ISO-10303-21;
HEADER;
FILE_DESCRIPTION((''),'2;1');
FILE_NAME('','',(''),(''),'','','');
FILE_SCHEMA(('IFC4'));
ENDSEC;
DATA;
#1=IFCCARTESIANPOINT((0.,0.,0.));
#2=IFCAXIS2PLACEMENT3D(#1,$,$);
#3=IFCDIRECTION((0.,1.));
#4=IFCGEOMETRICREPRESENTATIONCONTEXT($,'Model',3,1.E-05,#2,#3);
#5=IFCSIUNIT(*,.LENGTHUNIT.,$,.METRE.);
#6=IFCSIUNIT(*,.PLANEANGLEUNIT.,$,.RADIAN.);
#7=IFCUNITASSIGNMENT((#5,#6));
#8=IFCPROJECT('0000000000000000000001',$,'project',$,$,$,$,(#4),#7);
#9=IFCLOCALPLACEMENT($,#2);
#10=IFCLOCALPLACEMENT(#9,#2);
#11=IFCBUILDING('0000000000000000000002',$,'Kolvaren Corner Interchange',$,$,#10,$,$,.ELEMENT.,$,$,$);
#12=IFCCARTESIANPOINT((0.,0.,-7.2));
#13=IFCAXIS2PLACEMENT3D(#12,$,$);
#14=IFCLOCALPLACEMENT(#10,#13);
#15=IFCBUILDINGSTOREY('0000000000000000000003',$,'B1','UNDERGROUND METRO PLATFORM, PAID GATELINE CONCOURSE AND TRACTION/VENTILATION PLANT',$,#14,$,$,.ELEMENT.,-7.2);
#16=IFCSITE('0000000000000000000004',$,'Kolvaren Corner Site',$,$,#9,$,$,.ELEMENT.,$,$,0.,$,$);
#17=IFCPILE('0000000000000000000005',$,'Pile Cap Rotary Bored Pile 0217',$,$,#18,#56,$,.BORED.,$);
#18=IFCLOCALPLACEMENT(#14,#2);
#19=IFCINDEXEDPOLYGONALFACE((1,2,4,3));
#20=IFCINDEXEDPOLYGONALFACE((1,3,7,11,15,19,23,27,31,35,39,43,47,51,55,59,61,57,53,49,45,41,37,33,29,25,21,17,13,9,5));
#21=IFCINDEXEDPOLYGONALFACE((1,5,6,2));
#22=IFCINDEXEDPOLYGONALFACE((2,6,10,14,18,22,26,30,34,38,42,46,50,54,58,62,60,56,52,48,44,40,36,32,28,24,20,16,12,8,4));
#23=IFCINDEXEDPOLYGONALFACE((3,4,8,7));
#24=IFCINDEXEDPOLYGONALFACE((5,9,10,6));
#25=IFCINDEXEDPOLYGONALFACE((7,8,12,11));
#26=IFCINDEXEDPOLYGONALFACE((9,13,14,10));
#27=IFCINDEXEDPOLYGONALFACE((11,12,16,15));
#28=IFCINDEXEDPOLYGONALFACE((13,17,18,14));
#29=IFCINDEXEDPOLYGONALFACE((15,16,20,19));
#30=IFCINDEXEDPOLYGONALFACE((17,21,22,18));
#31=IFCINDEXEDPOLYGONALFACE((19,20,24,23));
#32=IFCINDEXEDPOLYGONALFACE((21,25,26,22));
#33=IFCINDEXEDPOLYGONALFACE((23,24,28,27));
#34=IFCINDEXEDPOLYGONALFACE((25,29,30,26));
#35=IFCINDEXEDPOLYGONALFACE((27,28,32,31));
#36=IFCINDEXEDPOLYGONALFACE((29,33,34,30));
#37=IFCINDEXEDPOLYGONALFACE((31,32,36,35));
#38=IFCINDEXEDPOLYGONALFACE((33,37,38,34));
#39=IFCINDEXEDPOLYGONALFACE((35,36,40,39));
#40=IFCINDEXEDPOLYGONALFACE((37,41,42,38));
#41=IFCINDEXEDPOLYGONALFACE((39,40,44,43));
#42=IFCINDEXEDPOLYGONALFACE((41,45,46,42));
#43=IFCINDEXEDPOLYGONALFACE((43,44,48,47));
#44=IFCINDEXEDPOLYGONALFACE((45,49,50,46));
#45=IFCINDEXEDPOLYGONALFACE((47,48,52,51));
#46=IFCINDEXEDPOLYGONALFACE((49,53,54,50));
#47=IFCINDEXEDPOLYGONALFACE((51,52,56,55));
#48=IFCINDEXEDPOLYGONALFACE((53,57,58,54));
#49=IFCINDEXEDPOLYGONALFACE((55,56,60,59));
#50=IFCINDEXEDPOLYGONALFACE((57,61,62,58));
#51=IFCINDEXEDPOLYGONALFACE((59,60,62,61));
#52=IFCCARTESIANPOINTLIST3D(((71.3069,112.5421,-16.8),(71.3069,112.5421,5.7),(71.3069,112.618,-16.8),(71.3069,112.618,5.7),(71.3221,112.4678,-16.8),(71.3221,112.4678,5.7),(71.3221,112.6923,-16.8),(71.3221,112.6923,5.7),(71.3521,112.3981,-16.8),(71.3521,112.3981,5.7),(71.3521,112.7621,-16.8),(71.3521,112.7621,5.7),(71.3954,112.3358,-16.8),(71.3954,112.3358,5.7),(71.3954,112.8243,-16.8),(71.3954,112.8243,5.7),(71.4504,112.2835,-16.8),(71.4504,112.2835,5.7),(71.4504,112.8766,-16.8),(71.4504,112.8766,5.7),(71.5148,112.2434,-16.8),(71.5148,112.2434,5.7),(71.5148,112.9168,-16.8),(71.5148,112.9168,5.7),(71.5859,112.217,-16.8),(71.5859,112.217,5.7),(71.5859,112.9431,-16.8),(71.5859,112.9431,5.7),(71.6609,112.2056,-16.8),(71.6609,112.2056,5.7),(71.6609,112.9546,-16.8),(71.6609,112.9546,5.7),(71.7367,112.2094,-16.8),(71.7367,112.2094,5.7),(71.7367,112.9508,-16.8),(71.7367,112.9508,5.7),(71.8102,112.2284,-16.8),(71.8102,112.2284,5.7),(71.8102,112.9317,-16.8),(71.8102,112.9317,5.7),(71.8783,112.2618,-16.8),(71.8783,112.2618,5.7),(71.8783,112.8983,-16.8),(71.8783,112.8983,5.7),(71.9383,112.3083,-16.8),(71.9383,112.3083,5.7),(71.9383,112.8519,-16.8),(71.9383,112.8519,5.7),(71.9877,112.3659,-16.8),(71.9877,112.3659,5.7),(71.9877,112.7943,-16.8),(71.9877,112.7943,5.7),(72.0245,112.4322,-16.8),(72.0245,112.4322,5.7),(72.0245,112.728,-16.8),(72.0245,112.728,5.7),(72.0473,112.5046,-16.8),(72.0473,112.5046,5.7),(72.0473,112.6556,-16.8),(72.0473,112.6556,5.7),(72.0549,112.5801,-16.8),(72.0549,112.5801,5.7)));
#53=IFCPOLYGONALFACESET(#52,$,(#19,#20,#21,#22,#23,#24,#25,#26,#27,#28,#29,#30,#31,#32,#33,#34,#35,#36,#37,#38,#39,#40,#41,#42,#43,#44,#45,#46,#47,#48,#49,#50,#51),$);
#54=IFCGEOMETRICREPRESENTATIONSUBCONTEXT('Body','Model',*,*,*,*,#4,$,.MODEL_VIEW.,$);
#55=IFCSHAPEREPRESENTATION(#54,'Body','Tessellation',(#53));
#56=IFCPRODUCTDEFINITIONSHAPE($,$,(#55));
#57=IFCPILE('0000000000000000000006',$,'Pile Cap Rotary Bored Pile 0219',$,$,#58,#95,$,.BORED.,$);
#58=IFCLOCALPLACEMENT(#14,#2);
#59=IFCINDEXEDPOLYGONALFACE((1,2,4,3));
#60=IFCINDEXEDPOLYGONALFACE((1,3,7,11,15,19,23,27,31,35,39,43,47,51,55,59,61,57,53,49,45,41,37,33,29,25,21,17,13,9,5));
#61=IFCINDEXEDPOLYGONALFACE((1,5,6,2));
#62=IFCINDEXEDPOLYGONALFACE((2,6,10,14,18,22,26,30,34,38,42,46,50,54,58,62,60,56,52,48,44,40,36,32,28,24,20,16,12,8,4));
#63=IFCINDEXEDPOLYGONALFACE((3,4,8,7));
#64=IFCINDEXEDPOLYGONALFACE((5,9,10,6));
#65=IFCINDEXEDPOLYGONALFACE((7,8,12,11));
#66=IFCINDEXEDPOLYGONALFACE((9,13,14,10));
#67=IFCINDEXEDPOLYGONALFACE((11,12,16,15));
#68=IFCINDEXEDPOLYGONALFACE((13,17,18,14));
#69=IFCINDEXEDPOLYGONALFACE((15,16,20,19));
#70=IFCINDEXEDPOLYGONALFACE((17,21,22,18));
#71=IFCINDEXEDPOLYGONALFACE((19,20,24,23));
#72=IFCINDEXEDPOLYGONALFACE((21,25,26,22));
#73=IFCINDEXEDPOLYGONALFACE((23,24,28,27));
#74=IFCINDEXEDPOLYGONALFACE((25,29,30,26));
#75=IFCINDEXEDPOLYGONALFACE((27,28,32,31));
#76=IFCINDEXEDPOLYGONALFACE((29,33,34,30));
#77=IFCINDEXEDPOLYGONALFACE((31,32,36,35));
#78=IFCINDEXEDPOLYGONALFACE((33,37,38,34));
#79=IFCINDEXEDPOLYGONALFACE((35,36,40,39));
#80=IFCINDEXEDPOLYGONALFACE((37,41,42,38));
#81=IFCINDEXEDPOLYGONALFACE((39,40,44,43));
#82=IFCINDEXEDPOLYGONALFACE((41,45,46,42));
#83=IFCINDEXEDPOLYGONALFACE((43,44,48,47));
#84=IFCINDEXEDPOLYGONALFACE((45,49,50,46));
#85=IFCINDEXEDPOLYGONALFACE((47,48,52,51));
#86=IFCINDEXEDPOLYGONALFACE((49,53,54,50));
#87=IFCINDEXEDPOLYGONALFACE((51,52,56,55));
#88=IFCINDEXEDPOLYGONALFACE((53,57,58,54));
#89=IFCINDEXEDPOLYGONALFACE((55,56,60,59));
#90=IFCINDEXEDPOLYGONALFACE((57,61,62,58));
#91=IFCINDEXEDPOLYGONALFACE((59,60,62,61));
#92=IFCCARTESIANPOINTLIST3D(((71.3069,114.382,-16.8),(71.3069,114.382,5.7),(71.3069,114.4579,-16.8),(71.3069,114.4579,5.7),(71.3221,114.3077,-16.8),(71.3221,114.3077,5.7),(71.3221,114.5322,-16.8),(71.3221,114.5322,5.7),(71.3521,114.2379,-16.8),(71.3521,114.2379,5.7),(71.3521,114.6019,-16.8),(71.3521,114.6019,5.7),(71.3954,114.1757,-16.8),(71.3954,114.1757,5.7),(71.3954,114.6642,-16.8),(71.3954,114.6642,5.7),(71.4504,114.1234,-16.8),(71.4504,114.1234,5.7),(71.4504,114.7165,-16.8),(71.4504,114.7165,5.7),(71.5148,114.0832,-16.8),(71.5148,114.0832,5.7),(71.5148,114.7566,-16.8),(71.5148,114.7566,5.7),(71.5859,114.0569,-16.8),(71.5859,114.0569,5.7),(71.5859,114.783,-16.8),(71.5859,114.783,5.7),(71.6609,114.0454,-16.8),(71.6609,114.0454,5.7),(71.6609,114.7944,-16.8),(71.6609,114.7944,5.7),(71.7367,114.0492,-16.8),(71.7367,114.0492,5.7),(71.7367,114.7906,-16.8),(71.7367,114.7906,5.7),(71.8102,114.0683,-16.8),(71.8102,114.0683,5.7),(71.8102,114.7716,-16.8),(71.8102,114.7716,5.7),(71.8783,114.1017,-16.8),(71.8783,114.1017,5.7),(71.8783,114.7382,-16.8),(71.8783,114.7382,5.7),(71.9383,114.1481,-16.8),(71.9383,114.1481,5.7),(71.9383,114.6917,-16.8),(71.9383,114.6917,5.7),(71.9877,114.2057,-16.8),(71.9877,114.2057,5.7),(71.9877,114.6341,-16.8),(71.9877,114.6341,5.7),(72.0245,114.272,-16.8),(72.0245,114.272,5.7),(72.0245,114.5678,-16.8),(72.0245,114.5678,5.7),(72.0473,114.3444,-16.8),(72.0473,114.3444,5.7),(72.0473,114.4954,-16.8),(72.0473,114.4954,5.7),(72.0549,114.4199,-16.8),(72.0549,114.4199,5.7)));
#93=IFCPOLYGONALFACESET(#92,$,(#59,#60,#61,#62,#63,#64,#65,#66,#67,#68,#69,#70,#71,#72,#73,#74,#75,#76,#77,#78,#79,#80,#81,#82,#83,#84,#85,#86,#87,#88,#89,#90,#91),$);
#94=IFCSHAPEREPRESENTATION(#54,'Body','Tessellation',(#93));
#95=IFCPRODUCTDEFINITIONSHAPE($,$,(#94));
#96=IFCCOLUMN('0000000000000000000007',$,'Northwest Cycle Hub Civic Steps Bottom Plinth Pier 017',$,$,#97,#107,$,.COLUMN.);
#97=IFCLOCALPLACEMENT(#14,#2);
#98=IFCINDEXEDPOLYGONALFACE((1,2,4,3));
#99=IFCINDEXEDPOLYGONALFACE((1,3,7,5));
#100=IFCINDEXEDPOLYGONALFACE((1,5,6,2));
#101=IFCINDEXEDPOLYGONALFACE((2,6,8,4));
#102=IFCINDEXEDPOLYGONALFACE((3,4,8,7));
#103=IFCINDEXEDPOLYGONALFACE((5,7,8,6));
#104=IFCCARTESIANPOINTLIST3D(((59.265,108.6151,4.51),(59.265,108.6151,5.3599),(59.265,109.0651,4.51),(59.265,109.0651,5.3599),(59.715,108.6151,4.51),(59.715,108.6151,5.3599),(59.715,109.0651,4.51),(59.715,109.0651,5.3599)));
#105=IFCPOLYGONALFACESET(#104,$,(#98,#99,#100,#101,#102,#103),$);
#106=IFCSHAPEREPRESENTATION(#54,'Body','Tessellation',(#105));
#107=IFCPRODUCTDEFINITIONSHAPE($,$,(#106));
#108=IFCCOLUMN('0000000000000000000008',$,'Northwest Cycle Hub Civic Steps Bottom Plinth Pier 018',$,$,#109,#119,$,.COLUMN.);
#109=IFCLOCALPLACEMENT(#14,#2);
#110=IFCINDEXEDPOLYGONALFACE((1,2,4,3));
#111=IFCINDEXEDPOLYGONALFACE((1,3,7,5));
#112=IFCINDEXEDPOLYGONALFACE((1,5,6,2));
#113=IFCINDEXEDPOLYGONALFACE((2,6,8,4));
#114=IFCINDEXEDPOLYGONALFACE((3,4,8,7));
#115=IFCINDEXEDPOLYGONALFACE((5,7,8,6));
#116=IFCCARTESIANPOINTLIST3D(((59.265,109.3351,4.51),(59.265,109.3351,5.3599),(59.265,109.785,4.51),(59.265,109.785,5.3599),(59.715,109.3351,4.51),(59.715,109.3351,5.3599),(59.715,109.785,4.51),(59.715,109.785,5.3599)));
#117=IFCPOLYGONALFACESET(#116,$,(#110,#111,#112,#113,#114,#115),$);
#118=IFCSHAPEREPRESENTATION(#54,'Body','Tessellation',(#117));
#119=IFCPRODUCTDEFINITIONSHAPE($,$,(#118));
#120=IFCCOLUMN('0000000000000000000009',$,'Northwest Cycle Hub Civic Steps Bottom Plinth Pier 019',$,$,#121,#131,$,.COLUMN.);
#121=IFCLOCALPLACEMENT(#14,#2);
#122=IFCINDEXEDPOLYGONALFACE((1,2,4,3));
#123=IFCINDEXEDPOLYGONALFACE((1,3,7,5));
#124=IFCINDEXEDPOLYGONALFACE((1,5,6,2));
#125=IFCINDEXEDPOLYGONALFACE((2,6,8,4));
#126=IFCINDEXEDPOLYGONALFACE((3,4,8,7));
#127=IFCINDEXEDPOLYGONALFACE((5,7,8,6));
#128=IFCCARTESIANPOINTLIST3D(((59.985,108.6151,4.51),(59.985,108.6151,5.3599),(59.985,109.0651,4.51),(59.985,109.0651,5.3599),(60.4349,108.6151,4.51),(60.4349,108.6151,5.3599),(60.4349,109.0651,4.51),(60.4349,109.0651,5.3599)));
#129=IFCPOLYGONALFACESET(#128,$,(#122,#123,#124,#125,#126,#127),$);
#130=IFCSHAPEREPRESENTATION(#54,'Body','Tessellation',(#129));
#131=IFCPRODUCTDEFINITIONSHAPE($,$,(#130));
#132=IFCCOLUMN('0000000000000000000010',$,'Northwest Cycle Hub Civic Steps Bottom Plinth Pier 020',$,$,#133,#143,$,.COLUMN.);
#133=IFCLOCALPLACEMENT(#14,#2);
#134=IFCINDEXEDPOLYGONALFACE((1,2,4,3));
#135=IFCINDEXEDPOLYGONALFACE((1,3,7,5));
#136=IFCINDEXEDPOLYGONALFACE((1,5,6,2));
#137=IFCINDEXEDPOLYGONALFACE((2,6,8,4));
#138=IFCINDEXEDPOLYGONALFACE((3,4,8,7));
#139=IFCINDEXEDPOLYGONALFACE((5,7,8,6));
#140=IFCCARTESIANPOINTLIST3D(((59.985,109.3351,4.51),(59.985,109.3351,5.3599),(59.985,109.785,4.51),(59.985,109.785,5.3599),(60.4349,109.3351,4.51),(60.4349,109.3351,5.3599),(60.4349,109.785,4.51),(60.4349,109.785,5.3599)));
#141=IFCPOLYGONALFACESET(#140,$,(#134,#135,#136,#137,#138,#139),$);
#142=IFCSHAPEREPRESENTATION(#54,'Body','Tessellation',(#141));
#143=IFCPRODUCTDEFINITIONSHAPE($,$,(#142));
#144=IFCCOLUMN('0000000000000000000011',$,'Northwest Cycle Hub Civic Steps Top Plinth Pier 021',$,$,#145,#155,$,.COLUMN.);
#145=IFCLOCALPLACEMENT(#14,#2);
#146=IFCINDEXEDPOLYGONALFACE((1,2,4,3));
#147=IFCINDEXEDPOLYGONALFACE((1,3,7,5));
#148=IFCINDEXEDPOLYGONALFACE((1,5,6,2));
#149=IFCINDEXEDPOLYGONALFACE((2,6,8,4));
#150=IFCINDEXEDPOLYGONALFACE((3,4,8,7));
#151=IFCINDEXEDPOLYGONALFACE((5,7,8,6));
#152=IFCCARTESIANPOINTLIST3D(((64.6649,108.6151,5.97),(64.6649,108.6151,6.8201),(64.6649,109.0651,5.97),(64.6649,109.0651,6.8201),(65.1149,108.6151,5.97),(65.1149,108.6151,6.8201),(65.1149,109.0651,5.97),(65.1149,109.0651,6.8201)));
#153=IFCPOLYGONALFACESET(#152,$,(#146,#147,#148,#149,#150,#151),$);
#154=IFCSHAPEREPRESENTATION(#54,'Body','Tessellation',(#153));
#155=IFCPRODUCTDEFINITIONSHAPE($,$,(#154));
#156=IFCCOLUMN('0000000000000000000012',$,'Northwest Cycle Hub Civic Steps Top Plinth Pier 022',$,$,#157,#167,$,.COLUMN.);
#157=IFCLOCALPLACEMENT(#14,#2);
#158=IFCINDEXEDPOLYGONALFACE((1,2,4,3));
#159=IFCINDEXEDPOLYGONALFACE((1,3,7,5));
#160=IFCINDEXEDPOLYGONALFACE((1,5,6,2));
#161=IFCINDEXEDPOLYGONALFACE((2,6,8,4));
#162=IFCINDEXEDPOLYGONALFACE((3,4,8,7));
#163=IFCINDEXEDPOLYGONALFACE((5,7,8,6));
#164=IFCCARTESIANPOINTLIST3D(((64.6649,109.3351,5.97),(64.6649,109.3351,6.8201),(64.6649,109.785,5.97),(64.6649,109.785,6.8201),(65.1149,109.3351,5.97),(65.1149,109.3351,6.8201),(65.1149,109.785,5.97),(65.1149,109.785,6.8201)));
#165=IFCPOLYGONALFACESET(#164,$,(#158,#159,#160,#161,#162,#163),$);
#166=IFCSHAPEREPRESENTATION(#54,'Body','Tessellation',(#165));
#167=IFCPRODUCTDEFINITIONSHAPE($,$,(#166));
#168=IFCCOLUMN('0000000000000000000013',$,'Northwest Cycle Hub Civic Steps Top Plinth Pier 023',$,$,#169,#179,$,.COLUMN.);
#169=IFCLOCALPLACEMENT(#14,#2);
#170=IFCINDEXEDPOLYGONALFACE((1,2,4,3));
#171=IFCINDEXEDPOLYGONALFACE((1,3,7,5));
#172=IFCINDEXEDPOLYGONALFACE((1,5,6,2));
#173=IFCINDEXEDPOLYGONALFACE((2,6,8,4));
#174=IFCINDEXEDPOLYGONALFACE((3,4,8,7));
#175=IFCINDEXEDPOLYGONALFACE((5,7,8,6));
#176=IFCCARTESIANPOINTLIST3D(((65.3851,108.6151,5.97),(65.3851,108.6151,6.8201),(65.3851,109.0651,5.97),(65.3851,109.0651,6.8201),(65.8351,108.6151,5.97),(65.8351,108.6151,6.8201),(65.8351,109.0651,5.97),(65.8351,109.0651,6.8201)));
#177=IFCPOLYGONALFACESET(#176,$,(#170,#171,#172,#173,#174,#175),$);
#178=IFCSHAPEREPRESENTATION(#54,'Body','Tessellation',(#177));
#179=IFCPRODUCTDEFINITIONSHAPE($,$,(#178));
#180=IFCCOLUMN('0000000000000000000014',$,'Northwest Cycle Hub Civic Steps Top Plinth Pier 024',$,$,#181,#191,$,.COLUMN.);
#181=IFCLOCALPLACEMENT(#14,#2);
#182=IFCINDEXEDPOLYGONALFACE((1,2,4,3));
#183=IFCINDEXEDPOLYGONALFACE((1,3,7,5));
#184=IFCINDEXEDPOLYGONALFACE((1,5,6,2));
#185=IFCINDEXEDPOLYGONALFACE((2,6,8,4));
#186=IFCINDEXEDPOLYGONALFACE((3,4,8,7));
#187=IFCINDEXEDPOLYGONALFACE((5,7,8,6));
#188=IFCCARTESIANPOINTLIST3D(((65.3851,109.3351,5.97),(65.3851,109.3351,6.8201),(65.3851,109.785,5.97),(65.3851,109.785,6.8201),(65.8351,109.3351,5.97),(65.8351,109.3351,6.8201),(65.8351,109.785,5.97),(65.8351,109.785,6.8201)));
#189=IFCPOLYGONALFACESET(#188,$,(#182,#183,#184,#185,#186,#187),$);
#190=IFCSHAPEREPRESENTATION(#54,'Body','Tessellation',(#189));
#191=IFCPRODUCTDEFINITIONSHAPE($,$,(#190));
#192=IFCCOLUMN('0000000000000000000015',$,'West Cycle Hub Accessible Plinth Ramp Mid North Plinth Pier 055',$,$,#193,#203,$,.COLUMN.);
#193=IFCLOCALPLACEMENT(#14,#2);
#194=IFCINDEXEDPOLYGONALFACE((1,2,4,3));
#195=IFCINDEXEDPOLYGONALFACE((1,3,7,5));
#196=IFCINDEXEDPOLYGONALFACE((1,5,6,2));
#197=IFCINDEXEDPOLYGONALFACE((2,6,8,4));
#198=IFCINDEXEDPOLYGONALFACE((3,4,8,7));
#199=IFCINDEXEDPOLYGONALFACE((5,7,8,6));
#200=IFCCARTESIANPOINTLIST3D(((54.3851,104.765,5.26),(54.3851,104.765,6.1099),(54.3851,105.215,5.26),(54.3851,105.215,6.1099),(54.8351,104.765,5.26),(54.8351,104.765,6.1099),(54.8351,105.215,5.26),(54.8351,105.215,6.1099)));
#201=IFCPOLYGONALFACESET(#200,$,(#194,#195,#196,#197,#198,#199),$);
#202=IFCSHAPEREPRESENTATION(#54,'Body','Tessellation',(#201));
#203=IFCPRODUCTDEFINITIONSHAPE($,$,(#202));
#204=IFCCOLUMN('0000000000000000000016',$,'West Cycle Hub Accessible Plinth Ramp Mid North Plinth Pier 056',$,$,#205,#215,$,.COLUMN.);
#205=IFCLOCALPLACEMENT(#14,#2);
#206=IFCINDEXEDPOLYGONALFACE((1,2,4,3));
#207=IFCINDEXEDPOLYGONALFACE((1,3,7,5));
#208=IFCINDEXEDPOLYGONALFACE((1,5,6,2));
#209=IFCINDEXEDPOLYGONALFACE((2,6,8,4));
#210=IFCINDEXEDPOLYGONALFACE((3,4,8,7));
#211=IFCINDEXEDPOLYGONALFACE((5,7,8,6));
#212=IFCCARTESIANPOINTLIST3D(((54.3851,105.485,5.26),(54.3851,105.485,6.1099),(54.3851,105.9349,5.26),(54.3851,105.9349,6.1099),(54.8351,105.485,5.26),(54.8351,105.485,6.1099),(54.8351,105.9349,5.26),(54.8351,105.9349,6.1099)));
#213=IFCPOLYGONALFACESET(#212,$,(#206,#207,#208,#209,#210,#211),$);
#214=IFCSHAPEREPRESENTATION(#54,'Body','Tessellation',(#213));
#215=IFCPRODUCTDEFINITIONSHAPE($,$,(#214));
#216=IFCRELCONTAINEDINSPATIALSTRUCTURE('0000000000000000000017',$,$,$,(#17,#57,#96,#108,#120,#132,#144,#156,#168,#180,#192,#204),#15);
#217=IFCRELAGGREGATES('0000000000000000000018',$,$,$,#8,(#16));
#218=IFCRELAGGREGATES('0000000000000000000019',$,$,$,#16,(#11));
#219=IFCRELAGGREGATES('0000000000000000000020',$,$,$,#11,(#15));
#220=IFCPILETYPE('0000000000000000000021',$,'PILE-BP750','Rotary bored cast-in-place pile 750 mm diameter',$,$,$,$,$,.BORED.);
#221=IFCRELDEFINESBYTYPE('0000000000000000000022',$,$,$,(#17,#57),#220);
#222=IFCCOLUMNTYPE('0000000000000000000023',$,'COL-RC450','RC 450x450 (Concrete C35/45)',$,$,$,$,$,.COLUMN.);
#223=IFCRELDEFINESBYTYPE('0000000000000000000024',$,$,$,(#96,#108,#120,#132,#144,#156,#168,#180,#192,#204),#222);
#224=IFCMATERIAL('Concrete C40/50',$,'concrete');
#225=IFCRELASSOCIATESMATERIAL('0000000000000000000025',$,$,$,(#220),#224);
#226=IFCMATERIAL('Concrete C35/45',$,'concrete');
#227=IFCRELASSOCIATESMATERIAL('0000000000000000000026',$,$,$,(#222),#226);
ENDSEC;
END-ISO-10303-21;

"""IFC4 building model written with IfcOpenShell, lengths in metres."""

from ifc_helpers import new_model, si_unit, direction, frame, origin, origin_2d, place, context, subcontext, project, spatial, rectangle, circle, extrude, material, material_profile, profile_set, type_object, element, save


model = new_model("IFC4")

# Units and contexts
model_context = context("Model", 3, precision=1e-05, world=origin(), true_north=direction((0.0, 1.0)))
body_context = subcontext(model_context, "Body", "Model", "MODEL_VIEW")
ifc_project = project(units=[si_unit("LENGTHUNIT", "METRE"), si_unit("PLANEANGLEUNIT", "RADIAN")], contexts=[model_context])

# Site, building, storey
site_placement = place(None, origin())
site = spatial("IfcSite", under=ifc_project, at=site_placement, Name="Kolvaren Corner Site", CompositionType="ELEMENT", RefElevation=0.0)
building_placement = place(site_placement, origin())
building = spatial("IfcBuilding", under=site, at=building_placement, Name="Kolvaren Corner Interchange", CompositionType="ELEMENT")
storey_placement = place(building_placement, frame((0.0, 0.0, -7.2)))
storey = spatial("IfcBuildingStorey", under=building, at=storey_placement, Name="B1", Description="UNDERGROUND METRO PLATFORM, PAID GATELINE CONCOURSE AND TRACTION/VENTILATION PLANT", CompositionType="ELEMENT", Elevation=-7.2)

# Piles
ifc_material_1 = material(Name="Concrete C40/50", Category="concrete")
ifc_material_profile_1 = material_profile(ifc_material_1, circle(Radius=0.375, at=origin_2d()), Name="BORED PILE 750")
ifc_profile_set_1 = profile_set([ifc_material_profile_1], Name="Concrete C40/50")
pile_type_1 = type_object("IfcPileType", Name="PILE-BP750", Description="Rotary bored cast-in-place pile 750 mm diameter", PredefinedType="BORED", material=ifc_profile_set_1)
for number, where, z_axis, x_axis, name in (
    (1, (71.6799, 112.5801, 5.7), (0.0, 0.0, -1.0), (1.0, 0.0, 0.0), "Pile Cap Rotary Bored Pile 0217"),
    (2, (71.6799, 114.4199, 5.7), (0.0, 0.0, -1.0), (1.0, 0.0, 0.0), "Pile Cap Rotary Bored Pile 0219"),
):
    element("IfcPile", number, at=place(storey_placement, frame(where, z_axis=z_axis, x_axis=x_axis)), inside=storey, type_object=pile_type_1, Name=name, PredefinedType="BORED", context=body_context, shape_type="SweptSolid", body=[
        extrude(circle(Radius=0.375, at=origin_2d()), origin(), (0.0, 0.0, 1.0), 22.5),
    ])

# Columns
ifc_material_2 = material(Name="Concrete C35/45", Category="concrete")
ifc_material_profile_2 = material_profile(ifc_material_2, rectangle(XDim=0.45, YDim=0.45, at=origin_2d()), Name="RC 450x450")
ifc_profile_set_2 = profile_set([ifc_material_profile_2], Name="Concrete C35/45")
column_type = type_object("IfcColumnType", Name="COL-RC450", Description="RC 450x450 (Concrete C35/45)", PredefinedType="COLUMN", material=ifc_profile_set_2)
for number, where, z_axis, x_axis, name in (
    (3, (59.49, 108.8401, 4.51), (0.0, 0.0, 1.0), (1.0, 0.0, 0.0), "Northwest Cycle Hub Civic Steps Bottom Plinth Pier 017"),
    (4, (59.49, 109.5601, 4.51), (0.0, 0.0, 1.0), (1.0, 0.0, 0.0), "Northwest Cycle Hub Civic Steps Bottom Plinth Pier 018"),
    (5, (60.21, 108.8401, 4.51), (0.0, 0.0, 1.0), (1.0, 0.0, 0.0), "Northwest Cycle Hub Civic Steps Bottom Plinth Pier 019"),
    (6, (60.21, 109.5601, 4.51), (0.0, 0.0, 1.0), (1.0, 0.0, 0.0), "Northwest Cycle Hub Civic Steps Bottom Plinth Pier 020"),
):
    element("IfcColumn", number, at=place(storey_placement, frame(where, z_axis=z_axis, x_axis=x_axis)), inside=storey, type_object=column_type, Name=name, PredefinedType="COLUMN", context=body_context, shape_type="SweptSolid", body=[
        extrude(rectangle(XDim=0.45, YDim=0.45, at=origin_2d()), origin(), (0.0, 0.0, 1.0), 0.8499),
    ])
for number, where, z_axis, x_axis, name in (
    (7, (64.8899, 108.8401, 5.97), (0.0, 0.0, 1.0), (1.0, 0.0, 0.0), "Northwest Cycle Hub Civic Steps Top Plinth Pier 021"),
    (8, (64.8899, 109.5601, 5.97), (0.0, 0.0, 1.0), (1.0, 0.0, 0.0), "Northwest Cycle Hub Civic Steps Top Plinth Pier 022"),
    (9, (65.6101, 108.8401, 5.97), (0.0, 0.0, 1.0), (1.0, 0.0, 0.0), "Northwest Cycle Hub Civic Steps Top Plinth Pier 023"),
    (10, (65.6101, 109.5601, 5.97), (0.0, 0.0, 1.0), (1.0, 0.0, 0.0), "Northwest Cycle Hub Civic Steps Top Plinth Pier 024"),
):
    element("IfcColumn", number, at=place(storey_placement, frame(where, z_axis=z_axis, x_axis=x_axis)), inside=storey, type_object=column_type, Name=name, PredefinedType="COLUMN", context=body_context, shape_type="SweptSolid", body=[
        extrude(rectangle(XDim=0.45, YDim=0.45, at=origin_2d()), origin(), (0.0, 0.0, 1.0), 0.8501),
    ])
for number, where, z_axis, x_axis, name in (
    (11, (54.6101, 104.99, 5.26), (0.0, 0.0, 1.0), (1.0, 0.0, 0.0), "West Cycle Hub Accessible Plinth Ramp Mid North Plinth Pier 055"),
    (12, (54.6101, 105.71, 5.26), (0.0, 0.0, 1.0), (1.0, 0.0, 0.0), "West Cycle Hub Accessible Plinth Ramp Mid North Plinth Pier 056"),
):
    element("IfcColumn", number, at=place(storey_placement, frame(where, z_axis=z_axis, x_axis=x_axis)), inside=storey, type_object=column_type, Name=name, PredefinedType="COLUMN", context=body_context, shape_type="SweptSolid", body=[
        extrude(rectangle(XDim=0.45, YDim=0.45, at=origin_2d()), origin(), (0.0, 0.0, 1.0), 0.8499),
    ])

save(model, "model.ifc")
